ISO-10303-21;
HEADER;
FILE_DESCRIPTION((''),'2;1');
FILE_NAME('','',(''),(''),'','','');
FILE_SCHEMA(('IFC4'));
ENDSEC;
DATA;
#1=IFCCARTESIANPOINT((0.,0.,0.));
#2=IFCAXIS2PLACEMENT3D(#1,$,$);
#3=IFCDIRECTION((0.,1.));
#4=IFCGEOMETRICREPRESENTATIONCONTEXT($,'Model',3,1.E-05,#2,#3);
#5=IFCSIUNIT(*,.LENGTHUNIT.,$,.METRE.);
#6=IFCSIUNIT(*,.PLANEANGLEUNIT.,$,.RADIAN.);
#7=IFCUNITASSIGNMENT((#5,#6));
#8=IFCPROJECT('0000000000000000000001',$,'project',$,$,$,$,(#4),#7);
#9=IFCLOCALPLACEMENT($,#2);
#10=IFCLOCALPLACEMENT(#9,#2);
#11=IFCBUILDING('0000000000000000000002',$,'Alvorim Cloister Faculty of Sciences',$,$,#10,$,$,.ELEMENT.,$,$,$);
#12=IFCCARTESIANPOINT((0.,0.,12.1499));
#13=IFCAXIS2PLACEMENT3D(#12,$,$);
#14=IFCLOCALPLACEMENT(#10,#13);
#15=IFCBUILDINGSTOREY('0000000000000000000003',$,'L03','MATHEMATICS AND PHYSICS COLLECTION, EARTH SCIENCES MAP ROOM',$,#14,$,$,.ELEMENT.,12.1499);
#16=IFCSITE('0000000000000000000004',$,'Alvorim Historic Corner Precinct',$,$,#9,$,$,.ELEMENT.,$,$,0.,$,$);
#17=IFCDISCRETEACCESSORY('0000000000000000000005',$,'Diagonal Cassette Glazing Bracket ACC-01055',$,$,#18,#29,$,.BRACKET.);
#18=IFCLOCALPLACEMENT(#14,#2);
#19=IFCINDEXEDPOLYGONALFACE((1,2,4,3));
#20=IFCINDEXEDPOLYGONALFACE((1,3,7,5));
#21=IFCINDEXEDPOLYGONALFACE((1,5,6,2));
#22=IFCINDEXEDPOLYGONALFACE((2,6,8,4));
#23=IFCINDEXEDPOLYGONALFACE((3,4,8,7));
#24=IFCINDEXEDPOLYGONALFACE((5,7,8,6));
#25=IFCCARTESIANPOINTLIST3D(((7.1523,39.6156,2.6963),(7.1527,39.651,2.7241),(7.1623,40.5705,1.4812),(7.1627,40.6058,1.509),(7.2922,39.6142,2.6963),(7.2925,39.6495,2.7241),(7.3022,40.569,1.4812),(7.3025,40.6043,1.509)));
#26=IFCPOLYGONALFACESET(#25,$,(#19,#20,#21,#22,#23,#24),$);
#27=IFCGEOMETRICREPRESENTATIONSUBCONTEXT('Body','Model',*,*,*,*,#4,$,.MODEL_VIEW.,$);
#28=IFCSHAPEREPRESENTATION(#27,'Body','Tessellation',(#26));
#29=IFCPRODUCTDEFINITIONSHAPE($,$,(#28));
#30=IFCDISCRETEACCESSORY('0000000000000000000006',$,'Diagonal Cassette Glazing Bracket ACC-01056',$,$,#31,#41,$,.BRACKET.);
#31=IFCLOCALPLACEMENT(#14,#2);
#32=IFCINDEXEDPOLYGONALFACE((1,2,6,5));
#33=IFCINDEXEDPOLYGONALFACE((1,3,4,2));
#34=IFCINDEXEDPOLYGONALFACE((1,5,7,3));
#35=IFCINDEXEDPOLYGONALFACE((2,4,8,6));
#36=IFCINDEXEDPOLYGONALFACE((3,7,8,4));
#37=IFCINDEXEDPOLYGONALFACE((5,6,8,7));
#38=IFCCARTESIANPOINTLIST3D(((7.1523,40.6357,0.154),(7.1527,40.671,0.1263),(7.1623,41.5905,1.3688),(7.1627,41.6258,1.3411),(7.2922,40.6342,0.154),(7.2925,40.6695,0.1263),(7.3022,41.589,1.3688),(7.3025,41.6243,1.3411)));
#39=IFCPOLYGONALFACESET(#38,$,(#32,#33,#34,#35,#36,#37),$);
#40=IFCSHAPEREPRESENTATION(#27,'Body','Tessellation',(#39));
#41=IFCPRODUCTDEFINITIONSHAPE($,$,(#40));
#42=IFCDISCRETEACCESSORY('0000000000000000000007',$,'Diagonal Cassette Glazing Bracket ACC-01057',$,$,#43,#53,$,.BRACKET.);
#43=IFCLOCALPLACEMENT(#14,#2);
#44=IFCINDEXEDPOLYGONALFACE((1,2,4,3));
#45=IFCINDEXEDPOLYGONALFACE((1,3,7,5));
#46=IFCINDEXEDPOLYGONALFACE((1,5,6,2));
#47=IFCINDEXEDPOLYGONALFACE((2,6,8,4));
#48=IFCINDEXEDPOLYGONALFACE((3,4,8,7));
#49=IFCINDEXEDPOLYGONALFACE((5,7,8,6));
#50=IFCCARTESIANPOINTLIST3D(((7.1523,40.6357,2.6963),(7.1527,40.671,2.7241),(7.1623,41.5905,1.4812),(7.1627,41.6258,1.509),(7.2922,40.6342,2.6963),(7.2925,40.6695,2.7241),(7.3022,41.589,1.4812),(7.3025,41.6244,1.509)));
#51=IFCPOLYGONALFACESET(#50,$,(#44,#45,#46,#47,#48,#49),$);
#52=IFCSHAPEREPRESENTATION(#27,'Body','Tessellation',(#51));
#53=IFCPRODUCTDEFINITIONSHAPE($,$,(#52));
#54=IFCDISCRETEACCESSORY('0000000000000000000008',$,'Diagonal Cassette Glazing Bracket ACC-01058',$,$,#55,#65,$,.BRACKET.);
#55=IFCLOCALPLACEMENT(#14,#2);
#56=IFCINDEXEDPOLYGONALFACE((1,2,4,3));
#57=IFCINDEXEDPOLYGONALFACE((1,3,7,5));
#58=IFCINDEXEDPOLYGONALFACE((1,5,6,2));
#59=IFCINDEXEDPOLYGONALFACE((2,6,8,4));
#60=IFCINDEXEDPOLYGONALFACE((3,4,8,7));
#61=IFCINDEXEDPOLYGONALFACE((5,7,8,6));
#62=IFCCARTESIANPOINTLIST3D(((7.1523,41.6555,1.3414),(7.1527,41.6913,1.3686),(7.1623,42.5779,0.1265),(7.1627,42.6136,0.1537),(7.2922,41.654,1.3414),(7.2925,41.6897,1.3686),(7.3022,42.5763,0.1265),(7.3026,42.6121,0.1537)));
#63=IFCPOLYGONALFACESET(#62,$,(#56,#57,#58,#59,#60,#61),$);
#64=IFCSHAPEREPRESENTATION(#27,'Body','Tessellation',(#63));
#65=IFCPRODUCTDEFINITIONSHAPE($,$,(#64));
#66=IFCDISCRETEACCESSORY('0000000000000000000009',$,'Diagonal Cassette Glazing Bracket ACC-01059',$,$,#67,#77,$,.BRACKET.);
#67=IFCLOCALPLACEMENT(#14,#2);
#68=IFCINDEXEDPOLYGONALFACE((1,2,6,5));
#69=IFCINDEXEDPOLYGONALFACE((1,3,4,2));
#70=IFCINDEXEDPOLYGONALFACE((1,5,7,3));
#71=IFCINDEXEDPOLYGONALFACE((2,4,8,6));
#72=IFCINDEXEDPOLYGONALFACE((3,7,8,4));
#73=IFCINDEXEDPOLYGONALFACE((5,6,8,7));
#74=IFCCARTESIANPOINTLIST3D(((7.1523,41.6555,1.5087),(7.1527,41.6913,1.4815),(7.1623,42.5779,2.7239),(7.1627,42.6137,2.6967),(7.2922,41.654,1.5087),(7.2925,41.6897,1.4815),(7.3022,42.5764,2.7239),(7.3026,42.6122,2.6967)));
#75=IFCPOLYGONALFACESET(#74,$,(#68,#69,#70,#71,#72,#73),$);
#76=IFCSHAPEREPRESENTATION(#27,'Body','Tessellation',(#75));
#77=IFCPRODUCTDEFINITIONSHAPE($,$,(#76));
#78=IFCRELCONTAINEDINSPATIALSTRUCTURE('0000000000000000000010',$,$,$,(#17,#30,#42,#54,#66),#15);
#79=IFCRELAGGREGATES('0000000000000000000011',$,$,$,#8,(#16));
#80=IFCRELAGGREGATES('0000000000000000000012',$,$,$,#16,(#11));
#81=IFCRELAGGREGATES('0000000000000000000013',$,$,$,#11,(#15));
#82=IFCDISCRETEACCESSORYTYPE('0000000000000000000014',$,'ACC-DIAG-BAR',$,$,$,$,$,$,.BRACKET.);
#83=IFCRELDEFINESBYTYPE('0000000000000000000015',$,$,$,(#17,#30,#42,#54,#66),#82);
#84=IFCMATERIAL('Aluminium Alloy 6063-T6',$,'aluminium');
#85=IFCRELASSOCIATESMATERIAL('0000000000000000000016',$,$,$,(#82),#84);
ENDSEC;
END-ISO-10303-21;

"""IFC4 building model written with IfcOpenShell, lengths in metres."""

from ifc_helpers import new_model, si_unit, direction, frame, origin, origin_2d, place, context, subcontext, project, spatial, rectangle, extrude, material, type_object, element, save


model = new_model("IFC4")

# Units and contexts
model_context = context("Model", 3, precision=1e-05, world=origin(), true_north=direction((0.0, 1.0)))
body_context = subcontext(model_context, "Body", "Model", "MODEL_VIEW")
ifc_project = project(units=[si_unit("LENGTHUNIT", "METRE"), si_unit("PLANEANGLEUNIT", "RADIAN")], contexts=[model_context])

# Site, building, storey
site_placement = place(None, origin())
site = spatial("IfcSite", under=ifc_project, at=site_placement, Name="Alvorim Historic Corner Precinct", CompositionType="ELEMENT", RefElevation=0.0)
building_placement = place(site_placement, origin())
building = spatial("IfcBuilding", under=site, at=building_placement, Name="Alvorim Cloister Faculty of Sciences", CompositionType="ELEMENT")
storey_placement = place(building_placement, frame((0.0, 0.0, 12.1499)))
storey = spatial("IfcBuildingStorey", under=building, at=storey_placement, Name="L03", Description="MATHEMATICS AND PHYSICS COLLECTION, EARTH SCIENCES MAP ROOM", CompositionType="ELEMENT", Elevation=12.1499)

# Discrete accessories
ifc_material_1 = material(Name="Aluminium Alloy 6063-T6", Category="aluminium")
discrete_accessory_type = type_object("IfcDiscreteAccessoryType", Name="ACC-DIAG-BAR", PredefinedType="BRACKET", material=ifc_material_1)
discrete_accessory_1_placement = place(storey_placement, frame((7.2224, 39.6326, 2.7102), z_axis=(0.006477, 0.617857, -0.786263), x_axis=(-0.999945, 0.010483, 0.0)))
element("IfcDiscreteAccessory", 1, at=discrete_accessory_1_placement, inside=storey, type_object=discrete_accessory_type, Name="Diagonal Cassette Glazing Bracket ACC-01055", PredefinedType="BRACKET", context=body_context, shape_type="SweptSolid", body=[
    extrude(rectangle(XDim=0.1399, YDim=0.0449, at=origin_2d()), origin(), (0.0, 0.0, 1.0), 1.5454),
])
discrete_accessory_2_placement = place(storey_placement, frame((7.2224, 40.6526, 0.1401), z_axis=(0.006478, 0.617934, 0.786203), x_axis=(-0.999945, 0.010483, 0.0)))
element("IfcDiscreteAccessory", 2, at=discrete_accessory_2_placement, inside=storey, type_object=discrete_accessory_type, Name="Diagonal Cassette Glazing Bracket ACC-01056", PredefinedType="BRACKET", context=body_context, shape_type="SweptSolid", body=[
    extrude(rectangle(XDim=0.1399, YDim=0.0449, at=origin_2d()), origin(), (0.0, 0.0, 1.0), 1.5452),
])
discrete_accessory_3_placement = place(storey_placement, frame((7.2224, 40.6526, 2.7102), z_axis=(0.006477, 0.617857, -0.786263), x_axis=(-0.999945, 0.010483, 0.0)))
element("IfcDiscreteAccessory", 3, at=discrete_accessory_3_placement, inside=storey, type_object=discrete_accessory_type, Name="Diagonal Cassette Glazing Bracket ACC-01057", PredefinedType="BRACKET", context=body_context, shape_type="SweptSolid", body=[
    extrude(rectangle(XDim=0.1399, YDim=0.0449, at=origin_2d()), origin(), (0.0, 0.0, 1.0), 1.5454),
])
discrete_accessory_4_placement = place(storey_placement, frame((7.2224, 41.6726, 1.355), z_axis=(0.006562, 0.604689, -0.796435), x_axis=(-0.999941, 0.010852, 0.0)))
element("IfcDiscreteAccessory", 4, at=discrete_accessory_4_placement, inside=storey, type_object=discrete_accessory_type, Name="Diagonal Cassette Glazing Bracket ACC-01058", PredefinedType="BRACKET", context=body_context, shape_type="SweptSolid", body=[
    extrude(rectangle(XDim=0.1399, YDim=0.0449, at=origin_2d()), origin(), (0.0, 0.0, 1.0), 1.5254),
])
discrete_accessory_5_placement = place(storey_placement, frame((7.2224, 41.6726, 1.4951), z_axis=(0.006561, 0.604612, 0.796493), x_axis=(-0.999941, 0.010852, 0.0)))
element("IfcDiscreteAccessory", 5, at=discrete_accessory_5_placement, inside=storey, type_object=discrete_accessory_type, Name="Diagonal Cassette Glazing Bracket ACC-01059", PredefinedType="BRACKET", context=body_context, shape_type="SweptSolid", body=[
    extrude(rectangle(XDim=0.1399, YDim=0.0449, at=origin_2d()), origin(), (0.0, 0.0, 1.0), 1.5256),
])

save(model, "model.ifc")
